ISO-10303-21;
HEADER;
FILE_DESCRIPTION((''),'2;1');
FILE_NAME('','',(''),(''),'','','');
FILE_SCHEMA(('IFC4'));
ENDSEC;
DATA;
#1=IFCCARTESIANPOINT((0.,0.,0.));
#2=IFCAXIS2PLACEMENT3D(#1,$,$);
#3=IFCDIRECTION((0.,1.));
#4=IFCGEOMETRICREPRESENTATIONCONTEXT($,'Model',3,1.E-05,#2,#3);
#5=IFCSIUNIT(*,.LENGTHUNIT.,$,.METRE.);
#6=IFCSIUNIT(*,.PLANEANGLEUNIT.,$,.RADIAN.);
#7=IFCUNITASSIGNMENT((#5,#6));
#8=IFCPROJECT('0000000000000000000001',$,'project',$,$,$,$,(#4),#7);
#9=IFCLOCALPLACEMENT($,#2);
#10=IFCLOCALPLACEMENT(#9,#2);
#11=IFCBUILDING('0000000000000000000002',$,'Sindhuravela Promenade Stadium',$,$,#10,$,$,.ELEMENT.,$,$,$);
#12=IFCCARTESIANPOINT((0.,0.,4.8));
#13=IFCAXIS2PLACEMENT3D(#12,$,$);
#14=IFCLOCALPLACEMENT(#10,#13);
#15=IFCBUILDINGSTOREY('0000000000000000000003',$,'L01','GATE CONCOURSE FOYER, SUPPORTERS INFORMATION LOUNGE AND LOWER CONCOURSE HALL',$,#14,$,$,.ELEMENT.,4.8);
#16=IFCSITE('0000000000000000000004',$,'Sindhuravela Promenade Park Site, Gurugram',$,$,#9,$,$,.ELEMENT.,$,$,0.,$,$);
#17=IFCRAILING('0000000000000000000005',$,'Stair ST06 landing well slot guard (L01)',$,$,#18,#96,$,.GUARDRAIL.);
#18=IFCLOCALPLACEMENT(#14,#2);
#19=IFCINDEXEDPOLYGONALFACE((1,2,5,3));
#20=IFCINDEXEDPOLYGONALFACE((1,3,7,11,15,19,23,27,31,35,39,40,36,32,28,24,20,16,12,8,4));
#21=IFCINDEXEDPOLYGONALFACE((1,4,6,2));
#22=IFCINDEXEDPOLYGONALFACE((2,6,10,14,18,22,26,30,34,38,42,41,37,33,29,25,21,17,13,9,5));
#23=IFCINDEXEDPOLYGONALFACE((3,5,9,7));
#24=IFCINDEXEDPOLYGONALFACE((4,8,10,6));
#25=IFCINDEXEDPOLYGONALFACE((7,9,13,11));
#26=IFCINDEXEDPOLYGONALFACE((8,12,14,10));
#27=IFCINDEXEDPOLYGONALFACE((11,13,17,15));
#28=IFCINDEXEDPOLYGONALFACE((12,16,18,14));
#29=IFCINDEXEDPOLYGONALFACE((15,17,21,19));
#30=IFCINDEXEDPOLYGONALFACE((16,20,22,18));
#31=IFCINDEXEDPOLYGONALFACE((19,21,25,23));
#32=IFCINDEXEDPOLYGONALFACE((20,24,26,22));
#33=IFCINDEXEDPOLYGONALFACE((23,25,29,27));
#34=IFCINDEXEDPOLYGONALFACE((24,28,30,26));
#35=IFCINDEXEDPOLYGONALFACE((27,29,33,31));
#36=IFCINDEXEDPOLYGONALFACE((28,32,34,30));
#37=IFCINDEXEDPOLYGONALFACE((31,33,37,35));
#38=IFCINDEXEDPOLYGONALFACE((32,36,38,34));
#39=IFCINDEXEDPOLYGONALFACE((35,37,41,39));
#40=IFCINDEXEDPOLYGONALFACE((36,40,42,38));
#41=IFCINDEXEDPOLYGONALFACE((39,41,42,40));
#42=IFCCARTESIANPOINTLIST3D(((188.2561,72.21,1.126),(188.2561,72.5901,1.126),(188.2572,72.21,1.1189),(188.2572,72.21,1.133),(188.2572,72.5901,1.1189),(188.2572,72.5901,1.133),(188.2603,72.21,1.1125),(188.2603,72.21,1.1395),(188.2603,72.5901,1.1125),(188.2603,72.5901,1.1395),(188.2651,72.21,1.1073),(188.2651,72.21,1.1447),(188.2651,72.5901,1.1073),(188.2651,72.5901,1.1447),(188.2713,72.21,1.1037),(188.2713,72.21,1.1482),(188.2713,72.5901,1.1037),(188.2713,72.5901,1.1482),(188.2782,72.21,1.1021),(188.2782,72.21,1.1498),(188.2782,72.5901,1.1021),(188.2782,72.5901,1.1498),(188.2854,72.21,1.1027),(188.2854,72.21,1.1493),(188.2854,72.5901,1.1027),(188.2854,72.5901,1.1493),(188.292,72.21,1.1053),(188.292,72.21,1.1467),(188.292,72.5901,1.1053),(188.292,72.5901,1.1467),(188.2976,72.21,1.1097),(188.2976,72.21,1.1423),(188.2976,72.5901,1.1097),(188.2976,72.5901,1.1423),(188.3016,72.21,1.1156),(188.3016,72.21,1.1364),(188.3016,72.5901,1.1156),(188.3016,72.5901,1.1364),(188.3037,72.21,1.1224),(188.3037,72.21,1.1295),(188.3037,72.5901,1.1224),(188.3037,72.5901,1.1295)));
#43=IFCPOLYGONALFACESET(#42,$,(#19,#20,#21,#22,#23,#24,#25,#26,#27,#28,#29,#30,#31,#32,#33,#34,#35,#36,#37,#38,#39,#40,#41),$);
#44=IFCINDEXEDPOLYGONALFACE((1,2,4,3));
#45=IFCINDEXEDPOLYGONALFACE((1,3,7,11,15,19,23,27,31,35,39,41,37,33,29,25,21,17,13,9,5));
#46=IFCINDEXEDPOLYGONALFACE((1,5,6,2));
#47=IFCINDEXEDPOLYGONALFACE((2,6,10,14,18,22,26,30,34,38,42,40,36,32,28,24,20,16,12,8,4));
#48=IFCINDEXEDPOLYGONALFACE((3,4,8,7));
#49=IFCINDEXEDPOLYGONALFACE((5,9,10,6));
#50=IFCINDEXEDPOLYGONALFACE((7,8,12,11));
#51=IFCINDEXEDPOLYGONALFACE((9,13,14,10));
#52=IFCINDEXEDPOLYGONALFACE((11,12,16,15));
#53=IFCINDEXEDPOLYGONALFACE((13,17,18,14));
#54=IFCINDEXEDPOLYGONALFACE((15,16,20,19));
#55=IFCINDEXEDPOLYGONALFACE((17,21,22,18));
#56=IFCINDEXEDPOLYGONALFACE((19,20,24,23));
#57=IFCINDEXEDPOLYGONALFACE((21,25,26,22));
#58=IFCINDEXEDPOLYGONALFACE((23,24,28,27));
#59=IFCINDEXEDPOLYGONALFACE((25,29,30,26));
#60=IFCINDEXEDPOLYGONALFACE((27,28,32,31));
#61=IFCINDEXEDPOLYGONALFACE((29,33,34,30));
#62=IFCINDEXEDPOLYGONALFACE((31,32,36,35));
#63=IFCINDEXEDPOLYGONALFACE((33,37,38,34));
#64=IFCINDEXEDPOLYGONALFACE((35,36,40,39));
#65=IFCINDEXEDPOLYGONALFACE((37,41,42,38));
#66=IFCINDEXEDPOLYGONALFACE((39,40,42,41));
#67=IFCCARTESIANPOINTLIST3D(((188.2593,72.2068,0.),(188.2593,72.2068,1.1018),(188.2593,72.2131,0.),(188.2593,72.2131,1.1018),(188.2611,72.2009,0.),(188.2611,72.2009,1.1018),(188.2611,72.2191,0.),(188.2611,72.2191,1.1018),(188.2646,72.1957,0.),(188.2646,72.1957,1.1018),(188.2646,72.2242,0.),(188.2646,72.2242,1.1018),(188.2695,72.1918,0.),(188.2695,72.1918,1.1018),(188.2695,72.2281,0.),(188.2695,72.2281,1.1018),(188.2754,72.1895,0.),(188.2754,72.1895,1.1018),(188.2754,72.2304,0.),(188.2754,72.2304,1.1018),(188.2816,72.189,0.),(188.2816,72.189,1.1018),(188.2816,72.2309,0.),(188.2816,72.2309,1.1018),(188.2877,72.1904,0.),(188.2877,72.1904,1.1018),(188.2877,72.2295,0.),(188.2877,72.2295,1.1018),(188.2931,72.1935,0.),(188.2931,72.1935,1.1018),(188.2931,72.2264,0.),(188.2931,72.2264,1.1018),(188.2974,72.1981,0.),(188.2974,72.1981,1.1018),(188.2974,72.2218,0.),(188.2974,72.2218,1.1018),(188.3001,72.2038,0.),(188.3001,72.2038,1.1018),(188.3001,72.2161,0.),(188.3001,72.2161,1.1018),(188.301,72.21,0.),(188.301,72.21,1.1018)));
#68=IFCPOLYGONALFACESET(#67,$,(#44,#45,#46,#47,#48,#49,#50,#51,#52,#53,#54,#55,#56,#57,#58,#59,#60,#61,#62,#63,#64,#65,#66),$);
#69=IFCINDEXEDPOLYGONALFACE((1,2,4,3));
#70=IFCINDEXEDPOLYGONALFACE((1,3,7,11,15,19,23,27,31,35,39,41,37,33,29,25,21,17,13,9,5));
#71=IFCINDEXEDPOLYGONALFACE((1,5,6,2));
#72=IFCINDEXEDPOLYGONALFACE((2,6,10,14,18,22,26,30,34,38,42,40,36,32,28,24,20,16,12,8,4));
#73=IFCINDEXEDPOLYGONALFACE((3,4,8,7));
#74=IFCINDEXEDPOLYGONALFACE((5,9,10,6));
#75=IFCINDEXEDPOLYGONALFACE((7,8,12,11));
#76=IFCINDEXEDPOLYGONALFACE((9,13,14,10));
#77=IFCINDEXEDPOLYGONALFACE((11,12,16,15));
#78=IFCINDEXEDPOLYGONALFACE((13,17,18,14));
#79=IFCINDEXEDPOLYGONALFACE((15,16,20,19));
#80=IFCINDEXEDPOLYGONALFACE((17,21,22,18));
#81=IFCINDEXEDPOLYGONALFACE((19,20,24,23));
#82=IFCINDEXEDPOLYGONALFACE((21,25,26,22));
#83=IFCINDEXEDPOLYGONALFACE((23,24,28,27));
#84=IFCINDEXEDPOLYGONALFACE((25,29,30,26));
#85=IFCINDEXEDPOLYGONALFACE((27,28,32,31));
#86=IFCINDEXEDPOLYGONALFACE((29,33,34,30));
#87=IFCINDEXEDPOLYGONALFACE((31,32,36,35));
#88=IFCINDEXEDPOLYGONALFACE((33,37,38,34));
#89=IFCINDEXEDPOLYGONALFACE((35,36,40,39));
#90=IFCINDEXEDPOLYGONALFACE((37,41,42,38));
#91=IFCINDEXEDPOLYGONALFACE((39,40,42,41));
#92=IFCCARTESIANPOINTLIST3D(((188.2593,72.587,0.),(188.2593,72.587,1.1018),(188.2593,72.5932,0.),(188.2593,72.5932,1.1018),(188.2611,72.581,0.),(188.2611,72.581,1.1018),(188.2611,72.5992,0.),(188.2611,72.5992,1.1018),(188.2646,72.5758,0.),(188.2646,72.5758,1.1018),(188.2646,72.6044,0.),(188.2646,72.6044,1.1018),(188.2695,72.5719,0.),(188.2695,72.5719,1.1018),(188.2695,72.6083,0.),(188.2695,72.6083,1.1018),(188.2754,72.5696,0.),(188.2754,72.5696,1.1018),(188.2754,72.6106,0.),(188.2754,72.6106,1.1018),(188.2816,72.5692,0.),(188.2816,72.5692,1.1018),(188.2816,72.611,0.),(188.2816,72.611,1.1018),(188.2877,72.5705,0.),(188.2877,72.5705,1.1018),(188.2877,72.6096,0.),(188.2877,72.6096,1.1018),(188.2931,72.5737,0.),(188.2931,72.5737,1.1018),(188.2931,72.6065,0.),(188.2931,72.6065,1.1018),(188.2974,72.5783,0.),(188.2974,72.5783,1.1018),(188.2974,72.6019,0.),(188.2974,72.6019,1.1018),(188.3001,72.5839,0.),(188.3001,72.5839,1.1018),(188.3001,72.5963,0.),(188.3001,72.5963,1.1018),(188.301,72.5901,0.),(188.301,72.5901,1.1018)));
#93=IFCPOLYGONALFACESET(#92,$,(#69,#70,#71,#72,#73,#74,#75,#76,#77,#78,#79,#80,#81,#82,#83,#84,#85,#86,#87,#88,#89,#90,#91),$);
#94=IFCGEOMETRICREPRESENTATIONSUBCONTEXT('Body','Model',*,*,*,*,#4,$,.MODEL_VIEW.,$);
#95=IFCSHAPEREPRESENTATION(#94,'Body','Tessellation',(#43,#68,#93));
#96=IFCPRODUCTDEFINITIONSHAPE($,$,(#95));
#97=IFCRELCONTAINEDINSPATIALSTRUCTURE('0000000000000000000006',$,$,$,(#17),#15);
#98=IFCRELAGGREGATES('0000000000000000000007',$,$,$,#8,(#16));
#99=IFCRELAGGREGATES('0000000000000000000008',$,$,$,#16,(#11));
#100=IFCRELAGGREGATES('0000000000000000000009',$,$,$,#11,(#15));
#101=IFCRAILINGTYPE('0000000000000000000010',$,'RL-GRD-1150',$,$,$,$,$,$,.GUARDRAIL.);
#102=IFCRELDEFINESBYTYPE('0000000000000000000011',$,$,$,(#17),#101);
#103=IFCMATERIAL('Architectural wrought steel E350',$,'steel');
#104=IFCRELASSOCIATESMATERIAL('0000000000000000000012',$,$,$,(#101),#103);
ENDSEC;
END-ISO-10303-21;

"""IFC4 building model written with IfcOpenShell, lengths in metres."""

from ifc_helpers import new_model, si_unit, direction, frame, origin, origin_2d, place, context, subcontext, project, spatial, circle, extrude, material, type_object, element, save


model = new_model("IFC4")

# Units and contexts
model_context = context("Model", 3, precision=1e-05, world=origin(), true_north=direction((0.0, 1.0)))
body_context = subcontext(model_context, "Body", "Model", "MODEL_VIEW")
ifc_project = project(units=[si_unit("LENGTHUNIT", "METRE"), si_unit("PLANEANGLEUNIT", "RADIAN")], contexts=[model_context])

# Site, building, storey
site_placement = place(None, origin())
site = spatial("IfcSite", under=ifc_project, at=site_placement, Name="Sindhuravela Promenade Park Site, Gurugram", CompositionType="ELEMENT", RefElevation=0.0)
building_placement = place(site_placement, origin())
building = spatial("IfcBuilding", under=site, at=building_placement, Name="Sindhuravela Promenade Stadium", CompositionType="ELEMENT")
storey_placement = place(building_placement, frame((0.0, 0.0, 4.8)))
storey = spatial("IfcBuildingStorey", under=building, at=storey_placement, Name="L01", Description="GATE CONCOURSE FOYER, SUPPORTERS INFORMATION LOUNGE AND LOWER CONCOURSE HALL", CompositionType="ELEMENT", Elevation=4.8)

# Shared definitions
ifc_material_1 = material(Name="Architectural wrought steel E350", Category="steel")

# Railing
railing_type_1 = type_object("IfcRailingType", Name="RL-GRD-1150", PredefinedType="GUARDRAIL", material=ifc_material_1)
railing_1_placement = place(storey_placement, frame((188.28, 72.21, 0.0)))
element("IfcRailing", 1, at=railing_1_placement, inside=storey, type_object=railing_type_1, Name="Stair ST06 landing well slot guard (L01)", PredefinedType="GUARDRAIL", context=body_context, shape_type="SweptSolid", body=[
    extrude(circle(Radius=0.0239, at=origin_2d()), frame((0.0, 0.0, 1.126), z_axis=(0.0, 1.0, 0.0), x_axis=(-1.0, 0.0, 0.0)), (0.0, 0.0, 1.0), 0.3801),
    extrude(circle(Radius=0.021, at=origin_2d()), origin(), (0.0, 0.0, 1.0), 1.1018),
    extrude(circle(Radius=0.021, at=origin_2d()), frame((0.0, 0.3801, 0.0)), (0.0, 0.0, 1.0), 1.1018),
])

save(model, "model.ifc")
